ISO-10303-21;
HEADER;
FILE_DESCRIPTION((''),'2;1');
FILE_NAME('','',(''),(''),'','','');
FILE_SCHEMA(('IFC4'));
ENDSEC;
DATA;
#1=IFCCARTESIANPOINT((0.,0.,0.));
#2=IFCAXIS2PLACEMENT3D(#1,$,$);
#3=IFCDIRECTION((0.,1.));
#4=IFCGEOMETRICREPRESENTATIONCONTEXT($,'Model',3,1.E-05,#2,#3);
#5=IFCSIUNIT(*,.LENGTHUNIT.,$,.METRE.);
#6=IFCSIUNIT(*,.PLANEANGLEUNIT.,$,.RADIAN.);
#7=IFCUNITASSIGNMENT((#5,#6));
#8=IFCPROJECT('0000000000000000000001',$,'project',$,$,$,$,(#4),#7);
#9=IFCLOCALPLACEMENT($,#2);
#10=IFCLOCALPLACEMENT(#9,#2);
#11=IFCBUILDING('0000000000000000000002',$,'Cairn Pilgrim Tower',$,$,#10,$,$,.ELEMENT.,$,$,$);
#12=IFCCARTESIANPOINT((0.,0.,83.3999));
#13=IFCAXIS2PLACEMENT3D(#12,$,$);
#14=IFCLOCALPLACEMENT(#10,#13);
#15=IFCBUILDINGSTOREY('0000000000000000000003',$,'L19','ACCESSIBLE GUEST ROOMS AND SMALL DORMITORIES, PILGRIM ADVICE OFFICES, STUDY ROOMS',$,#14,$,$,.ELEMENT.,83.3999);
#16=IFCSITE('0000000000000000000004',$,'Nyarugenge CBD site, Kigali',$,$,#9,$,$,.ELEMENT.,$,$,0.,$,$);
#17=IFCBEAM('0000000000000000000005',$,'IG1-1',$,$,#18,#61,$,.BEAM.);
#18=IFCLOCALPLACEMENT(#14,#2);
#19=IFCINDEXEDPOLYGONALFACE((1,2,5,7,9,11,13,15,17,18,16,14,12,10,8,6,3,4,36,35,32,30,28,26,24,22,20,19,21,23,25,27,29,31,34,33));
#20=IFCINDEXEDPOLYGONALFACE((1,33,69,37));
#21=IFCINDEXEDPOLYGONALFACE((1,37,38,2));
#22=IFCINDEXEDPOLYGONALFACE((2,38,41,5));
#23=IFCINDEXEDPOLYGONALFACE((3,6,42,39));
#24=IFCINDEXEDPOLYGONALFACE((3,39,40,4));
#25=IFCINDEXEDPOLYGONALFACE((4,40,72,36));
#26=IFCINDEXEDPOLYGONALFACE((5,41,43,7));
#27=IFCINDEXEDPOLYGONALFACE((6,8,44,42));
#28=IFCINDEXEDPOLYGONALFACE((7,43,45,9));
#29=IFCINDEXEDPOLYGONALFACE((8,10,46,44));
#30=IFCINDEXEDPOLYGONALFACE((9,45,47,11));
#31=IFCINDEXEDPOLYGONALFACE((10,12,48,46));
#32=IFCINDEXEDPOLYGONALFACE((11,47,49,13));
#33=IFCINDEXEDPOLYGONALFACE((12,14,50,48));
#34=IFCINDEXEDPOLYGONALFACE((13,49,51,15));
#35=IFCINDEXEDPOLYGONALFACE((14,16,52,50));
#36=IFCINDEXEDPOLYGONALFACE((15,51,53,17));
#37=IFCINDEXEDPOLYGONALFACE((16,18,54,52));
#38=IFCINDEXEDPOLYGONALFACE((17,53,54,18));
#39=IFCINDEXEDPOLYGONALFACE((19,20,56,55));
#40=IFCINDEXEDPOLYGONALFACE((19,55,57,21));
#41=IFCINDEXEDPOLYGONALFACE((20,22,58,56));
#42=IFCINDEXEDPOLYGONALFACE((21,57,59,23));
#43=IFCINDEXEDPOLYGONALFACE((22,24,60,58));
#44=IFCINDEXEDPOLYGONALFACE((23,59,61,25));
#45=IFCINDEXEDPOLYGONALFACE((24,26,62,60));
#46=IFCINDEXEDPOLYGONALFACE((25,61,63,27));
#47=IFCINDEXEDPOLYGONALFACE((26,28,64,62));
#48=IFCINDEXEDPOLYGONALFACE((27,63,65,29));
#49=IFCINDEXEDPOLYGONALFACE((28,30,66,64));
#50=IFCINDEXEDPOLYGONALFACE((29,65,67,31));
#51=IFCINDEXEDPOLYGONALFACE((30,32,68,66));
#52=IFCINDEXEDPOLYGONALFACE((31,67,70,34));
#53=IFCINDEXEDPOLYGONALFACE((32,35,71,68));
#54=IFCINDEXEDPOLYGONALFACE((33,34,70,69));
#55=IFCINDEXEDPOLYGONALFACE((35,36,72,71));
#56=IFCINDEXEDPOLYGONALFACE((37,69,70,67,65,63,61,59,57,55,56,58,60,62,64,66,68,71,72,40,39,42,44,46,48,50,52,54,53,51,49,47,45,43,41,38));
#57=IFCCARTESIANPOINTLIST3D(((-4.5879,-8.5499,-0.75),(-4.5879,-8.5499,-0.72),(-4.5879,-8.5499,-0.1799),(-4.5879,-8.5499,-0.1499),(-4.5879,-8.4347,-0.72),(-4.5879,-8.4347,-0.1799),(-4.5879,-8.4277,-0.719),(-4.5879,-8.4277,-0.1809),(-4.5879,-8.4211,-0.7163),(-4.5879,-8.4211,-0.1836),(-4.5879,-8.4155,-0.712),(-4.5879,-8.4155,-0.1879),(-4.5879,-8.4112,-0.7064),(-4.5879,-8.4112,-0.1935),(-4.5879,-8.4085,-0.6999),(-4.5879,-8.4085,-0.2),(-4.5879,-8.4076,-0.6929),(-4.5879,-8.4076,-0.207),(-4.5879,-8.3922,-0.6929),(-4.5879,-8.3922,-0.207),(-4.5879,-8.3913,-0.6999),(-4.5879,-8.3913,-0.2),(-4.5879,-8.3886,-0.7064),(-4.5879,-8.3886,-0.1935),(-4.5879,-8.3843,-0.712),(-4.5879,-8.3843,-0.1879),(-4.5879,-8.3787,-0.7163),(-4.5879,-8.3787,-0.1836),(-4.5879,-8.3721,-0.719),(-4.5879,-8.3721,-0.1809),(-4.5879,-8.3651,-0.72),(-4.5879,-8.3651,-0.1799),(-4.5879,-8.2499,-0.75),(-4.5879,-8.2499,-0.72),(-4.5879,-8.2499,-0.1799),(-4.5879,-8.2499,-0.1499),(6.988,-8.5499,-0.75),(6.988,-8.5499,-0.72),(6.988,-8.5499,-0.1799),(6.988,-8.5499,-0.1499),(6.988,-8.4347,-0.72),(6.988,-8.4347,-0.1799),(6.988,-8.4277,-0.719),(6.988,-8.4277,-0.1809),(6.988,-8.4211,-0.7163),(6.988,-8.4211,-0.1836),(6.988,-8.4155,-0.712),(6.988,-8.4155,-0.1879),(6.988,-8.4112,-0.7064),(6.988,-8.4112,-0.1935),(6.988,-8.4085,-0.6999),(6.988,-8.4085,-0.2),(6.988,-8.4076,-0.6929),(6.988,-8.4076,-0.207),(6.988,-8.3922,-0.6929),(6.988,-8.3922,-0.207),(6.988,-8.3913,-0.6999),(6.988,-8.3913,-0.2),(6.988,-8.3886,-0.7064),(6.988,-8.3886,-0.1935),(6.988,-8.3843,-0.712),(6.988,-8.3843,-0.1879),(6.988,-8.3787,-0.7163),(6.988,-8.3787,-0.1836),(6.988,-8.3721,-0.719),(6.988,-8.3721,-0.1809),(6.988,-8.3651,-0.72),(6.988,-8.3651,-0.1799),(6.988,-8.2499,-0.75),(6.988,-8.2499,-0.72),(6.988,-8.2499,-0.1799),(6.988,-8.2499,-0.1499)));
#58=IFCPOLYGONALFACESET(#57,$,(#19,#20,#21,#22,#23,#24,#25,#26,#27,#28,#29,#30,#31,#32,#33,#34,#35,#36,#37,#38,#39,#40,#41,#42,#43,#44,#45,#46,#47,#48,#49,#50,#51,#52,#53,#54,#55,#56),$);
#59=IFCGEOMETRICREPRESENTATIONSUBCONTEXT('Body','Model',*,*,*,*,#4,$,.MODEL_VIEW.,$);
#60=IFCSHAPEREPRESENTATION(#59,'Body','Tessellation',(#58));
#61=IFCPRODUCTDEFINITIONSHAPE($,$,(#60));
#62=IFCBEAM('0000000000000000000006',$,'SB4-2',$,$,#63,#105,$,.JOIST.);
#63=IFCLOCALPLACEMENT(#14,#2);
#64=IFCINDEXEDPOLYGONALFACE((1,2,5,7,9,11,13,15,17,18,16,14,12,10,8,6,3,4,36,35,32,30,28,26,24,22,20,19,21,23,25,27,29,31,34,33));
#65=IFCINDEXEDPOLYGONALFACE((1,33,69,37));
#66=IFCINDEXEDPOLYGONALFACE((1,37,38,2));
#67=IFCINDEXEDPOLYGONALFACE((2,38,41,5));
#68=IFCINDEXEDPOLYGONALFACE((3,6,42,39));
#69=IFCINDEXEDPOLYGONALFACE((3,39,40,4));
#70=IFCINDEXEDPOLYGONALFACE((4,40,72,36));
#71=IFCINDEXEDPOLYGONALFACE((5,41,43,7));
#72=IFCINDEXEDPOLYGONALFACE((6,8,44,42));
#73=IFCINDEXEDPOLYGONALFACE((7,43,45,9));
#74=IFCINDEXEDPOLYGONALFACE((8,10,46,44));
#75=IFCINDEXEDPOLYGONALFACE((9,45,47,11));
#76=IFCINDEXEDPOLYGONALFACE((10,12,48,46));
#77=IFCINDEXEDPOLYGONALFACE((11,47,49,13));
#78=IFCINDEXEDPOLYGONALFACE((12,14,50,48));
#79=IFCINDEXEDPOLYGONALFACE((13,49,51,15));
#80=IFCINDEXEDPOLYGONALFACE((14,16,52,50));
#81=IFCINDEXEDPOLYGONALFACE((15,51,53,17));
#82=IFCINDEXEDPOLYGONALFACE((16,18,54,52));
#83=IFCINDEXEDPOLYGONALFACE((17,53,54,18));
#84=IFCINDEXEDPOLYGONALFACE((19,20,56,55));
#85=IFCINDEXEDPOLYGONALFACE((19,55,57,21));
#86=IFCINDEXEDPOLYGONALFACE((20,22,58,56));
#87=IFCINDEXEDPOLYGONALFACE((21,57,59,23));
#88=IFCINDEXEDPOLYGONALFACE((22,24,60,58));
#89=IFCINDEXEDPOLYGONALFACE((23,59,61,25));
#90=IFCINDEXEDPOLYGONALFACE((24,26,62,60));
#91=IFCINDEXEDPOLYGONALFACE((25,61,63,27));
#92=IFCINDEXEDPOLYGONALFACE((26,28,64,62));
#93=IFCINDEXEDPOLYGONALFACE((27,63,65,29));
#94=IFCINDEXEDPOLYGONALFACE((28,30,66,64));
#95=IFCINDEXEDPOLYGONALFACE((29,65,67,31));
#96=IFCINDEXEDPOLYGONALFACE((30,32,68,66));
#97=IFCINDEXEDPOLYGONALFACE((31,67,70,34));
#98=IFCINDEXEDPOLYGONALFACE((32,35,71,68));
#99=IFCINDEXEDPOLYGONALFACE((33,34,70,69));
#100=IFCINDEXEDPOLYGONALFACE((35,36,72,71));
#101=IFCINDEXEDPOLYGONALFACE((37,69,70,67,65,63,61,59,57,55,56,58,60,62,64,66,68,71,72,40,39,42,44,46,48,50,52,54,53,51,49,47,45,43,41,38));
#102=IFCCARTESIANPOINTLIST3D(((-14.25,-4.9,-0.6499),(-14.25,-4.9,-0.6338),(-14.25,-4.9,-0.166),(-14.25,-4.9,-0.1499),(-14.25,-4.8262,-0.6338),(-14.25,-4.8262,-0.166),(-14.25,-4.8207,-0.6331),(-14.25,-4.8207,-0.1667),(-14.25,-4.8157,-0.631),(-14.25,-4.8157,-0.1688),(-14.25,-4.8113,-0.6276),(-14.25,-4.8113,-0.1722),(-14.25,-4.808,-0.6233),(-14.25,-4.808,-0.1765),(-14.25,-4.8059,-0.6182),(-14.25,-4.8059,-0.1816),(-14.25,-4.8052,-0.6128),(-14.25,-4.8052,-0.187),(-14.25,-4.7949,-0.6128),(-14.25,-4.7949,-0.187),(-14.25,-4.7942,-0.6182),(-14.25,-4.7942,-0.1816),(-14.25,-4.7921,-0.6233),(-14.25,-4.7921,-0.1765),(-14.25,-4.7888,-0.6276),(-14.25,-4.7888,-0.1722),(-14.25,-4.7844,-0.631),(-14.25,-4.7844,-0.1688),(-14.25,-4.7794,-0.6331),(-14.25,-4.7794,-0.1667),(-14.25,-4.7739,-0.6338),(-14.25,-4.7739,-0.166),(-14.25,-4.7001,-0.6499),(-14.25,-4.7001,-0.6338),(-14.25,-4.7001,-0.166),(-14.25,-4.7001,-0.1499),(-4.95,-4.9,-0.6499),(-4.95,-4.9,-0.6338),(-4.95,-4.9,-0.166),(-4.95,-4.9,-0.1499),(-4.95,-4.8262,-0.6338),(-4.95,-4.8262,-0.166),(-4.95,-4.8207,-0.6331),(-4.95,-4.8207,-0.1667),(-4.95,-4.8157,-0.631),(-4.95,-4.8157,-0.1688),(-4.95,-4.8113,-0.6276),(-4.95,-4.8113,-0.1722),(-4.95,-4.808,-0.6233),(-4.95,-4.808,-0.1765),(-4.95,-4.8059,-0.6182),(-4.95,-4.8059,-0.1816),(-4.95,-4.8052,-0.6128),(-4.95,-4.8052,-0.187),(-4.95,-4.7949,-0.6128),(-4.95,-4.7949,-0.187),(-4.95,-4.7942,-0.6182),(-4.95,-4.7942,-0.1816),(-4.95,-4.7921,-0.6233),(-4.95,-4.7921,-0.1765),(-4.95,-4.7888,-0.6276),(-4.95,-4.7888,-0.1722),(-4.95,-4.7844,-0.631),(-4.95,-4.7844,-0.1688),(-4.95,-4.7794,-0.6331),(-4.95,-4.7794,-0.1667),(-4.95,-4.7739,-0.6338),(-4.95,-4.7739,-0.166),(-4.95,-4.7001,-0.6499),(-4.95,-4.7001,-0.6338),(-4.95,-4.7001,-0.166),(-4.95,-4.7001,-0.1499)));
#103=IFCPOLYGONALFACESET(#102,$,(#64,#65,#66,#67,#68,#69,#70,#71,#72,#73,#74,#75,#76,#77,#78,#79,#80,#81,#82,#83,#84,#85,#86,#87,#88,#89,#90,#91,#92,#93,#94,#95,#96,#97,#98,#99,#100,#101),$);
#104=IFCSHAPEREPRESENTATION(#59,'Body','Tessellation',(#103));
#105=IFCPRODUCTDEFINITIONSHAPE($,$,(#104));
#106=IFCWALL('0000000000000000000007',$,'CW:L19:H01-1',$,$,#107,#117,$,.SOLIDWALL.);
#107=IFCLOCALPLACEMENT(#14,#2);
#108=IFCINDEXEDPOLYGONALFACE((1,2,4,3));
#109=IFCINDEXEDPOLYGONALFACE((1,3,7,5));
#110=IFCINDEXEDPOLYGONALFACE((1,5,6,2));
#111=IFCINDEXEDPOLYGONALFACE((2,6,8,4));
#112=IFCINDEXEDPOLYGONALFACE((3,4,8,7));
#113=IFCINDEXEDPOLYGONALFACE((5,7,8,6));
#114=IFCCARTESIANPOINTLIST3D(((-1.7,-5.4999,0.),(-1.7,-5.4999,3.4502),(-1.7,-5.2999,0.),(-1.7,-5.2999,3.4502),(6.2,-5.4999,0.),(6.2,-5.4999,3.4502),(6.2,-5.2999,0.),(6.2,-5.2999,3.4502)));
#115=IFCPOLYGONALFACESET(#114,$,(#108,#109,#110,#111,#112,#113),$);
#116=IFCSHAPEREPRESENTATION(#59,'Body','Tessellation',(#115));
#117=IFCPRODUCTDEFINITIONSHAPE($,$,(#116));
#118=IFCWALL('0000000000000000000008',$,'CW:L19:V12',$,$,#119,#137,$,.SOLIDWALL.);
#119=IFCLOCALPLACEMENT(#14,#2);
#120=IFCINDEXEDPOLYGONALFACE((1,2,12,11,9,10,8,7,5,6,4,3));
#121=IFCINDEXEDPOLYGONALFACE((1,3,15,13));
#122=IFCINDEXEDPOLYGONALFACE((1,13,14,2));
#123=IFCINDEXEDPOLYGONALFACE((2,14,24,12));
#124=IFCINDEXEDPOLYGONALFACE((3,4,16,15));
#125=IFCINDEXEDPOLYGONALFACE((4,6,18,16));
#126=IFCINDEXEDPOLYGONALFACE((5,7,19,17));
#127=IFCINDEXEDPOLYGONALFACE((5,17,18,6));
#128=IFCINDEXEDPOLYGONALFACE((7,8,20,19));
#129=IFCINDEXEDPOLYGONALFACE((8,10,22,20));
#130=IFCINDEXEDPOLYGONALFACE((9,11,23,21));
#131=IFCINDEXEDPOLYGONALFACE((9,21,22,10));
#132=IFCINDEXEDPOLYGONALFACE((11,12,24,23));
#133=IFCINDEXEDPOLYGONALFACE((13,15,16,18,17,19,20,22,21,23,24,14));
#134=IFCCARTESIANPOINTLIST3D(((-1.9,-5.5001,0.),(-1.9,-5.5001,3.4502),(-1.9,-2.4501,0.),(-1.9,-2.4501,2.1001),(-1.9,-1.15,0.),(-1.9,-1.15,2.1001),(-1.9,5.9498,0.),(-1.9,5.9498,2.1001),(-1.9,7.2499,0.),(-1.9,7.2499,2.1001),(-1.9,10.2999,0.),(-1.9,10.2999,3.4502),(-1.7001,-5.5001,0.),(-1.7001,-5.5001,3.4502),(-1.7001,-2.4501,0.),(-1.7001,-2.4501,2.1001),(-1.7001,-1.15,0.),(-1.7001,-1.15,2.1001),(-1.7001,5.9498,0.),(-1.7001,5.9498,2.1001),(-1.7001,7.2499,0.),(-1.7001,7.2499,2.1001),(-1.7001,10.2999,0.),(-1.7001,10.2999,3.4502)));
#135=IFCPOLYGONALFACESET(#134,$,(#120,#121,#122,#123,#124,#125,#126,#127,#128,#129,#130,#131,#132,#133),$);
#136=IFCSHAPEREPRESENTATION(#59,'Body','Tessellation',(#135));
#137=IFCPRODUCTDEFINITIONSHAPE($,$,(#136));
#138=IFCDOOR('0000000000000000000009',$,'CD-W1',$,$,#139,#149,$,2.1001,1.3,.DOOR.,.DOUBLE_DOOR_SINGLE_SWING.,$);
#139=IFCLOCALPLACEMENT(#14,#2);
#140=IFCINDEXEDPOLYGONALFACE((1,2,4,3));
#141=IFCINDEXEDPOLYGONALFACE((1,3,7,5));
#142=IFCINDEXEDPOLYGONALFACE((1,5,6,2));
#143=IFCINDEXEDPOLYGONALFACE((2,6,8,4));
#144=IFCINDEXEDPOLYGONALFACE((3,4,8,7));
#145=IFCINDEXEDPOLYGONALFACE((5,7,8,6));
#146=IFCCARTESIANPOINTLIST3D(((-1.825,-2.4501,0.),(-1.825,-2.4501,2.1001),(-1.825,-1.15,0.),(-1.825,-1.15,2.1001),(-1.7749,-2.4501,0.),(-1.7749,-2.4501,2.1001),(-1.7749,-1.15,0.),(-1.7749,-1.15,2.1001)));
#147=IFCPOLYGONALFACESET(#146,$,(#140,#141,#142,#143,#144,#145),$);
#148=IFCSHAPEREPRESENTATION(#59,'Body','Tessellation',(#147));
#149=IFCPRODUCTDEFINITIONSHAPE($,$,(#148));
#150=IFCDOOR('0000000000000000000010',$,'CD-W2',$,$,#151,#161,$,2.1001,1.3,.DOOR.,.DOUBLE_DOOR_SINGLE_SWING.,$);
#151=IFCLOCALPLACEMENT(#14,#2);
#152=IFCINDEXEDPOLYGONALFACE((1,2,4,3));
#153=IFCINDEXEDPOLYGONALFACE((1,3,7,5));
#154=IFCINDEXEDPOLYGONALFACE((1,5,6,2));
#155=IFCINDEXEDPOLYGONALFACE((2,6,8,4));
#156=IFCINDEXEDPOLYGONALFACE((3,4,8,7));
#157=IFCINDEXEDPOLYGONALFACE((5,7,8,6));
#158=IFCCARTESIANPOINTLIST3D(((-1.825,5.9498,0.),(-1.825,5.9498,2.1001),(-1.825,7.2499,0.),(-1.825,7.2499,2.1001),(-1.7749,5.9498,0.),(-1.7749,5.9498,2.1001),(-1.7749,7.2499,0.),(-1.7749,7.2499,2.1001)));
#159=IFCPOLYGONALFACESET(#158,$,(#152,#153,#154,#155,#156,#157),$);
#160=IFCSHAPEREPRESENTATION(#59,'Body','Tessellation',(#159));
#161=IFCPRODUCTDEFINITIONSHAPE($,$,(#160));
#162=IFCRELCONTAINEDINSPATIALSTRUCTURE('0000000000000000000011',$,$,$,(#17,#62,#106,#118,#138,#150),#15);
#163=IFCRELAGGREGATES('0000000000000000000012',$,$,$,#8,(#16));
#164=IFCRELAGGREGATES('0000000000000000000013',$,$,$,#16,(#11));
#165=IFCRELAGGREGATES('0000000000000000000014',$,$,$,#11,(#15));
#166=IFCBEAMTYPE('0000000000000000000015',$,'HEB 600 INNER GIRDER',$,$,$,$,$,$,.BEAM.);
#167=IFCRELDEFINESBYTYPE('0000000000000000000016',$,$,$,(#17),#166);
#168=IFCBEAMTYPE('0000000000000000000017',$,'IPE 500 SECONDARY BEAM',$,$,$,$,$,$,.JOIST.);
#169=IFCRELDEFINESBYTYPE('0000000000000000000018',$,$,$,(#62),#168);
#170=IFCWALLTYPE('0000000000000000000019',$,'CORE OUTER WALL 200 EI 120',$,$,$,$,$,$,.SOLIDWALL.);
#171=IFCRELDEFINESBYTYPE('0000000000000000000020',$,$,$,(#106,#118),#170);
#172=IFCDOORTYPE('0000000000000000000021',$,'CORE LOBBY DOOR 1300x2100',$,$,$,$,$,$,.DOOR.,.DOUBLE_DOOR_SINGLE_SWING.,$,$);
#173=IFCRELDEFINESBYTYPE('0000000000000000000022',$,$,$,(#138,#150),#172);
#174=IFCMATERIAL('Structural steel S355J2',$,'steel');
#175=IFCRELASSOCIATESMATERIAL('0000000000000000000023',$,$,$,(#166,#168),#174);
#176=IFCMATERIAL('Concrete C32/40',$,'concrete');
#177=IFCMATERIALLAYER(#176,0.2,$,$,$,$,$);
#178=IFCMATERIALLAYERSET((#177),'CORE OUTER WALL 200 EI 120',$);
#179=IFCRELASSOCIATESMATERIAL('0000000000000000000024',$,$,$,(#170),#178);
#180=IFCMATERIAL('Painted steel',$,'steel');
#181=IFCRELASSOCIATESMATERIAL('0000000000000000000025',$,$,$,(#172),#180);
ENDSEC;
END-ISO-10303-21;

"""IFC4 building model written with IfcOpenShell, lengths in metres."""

from ifc_helpers import new_model, si_unit, direction, frame, frame_2d, origin, origin_2d, place, context, subcontext, project, spatial, rectangle, i_section, extrude, material, layer, layer_set, material_profile, profile_set, type_object, element, fill, save


model = new_model("IFC4")

# Units and contexts
model_context = context("Model", 3, precision=1e-05, world=origin(), true_north=direction((0.0, 1.0)))
body_context = subcontext(model_context, "Body", "Model", "MODEL_VIEW")
ifc_project = project(units=[si_unit("LENGTHUNIT", "METRE"), si_unit("PLANEANGLEUNIT", "RADIAN")], contexts=[model_context])

# Site, building, storey
site_placement = place(None, origin())
site = spatial("IfcSite", under=ifc_project, at=site_placement, Name="Nyarugenge CBD site, Kigali", CompositionType="ELEMENT", RefElevation=0.0)
building_placement = place(site_placement, origin())
building = spatial("IfcBuilding", under=site, at=building_placement, Name="Cairn Pilgrim Tower", CompositionType="ELEMENT")
storey_placement = place(building_placement, frame((0.0, 0.0, 83.3999)))
storey = spatial("IfcBuildingStorey", under=building, at=storey_placement, Name="L19", Description="ACCESSIBLE GUEST ROOMS AND SMALL DORMITORIES, PILGRIM ADVICE OFFICES, STUDY ROOMS", CompositionType="ELEMENT", Elevation=83.3999)

# Beams
ifc_material_1 = material(Name="Structural steel S355J2", Category="steel")
ifc_material_profile_1 = material_profile(ifc_material_1, i_section(OverallWidth=0.3, OverallDepth=0.6001, WebThickness=0.0154, FlangeThickness=0.03, FilletRadius=0.0271, at=origin_2d()), Name="HEB 600")
ifc_profile_set_1 = profile_set([ifc_material_profile_1], Name="Structural steel S355J2")
beam_type_1 = type_object("IfcBeamType", Name="HEB 600 INNER GIRDER", PredefinedType="BEAM", material=ifc_profile_set_1)
beam_1_placement = place(storey_placement, frame((-4.5879, -8.3999, -0.45), z_axis=(1.0, 0.0, 0.0), x_axis=(0.0, 1.0, 0.0)))
element("IfcBeam", 1, at=beam_1_placement, inside=storey, type_object=beam_type_1, Name="IG1-1", PredefinedType="BEAM", context=body_context, shape_type="SweptSolid", body=[
    extrude(i_section(OverallWidth=0.3, OverallDepth=0.6001, WebThickness=0.0154, FlangeThickness=0.03, FilletRadius=0.0271, at=origin_2d()), origin(), (0.0, 0.0, 1.0), 11.5759),
])
ifc_material_profile_2 = material_profile(ifc_material_1, i_section(OverallWidth=0.2, OverallDepth=0.5, WebThickness=0.0103, FlangeThickness=0.0161, FilletRadius=0.021, at=origin_2d()), Name="IPE 500")
ifc_profile_set_2 = profile_set([ifc_material_profile_2], Name="Structural steel S355J2")
beam_type_2 = type_object("IfcBeamType", Name="IPE 500 SECONDARY BEAM", PredefinedType="JOIST", material=ifc_profile_set_2)
beam_2_placement = place(storey_placement, frame((-14.25, -4.8, -0.3999), z_axis=(1.0, 0.0, 0.0), x_axis=(0.0, 1.0, 0.0)))
element("IfcBeam", 2, at=beam_2_placement, inside=storey, type_object=beam_type_2, Name="SB4-2", PredefinedType="JOIST", context=body_context, shape_type="SweptSolid", body=[
    extrude(i_section(OverallWidth=0.2, OverallDepth=0.5, WebThickness=0.0103, FlangeThickness=0.0161, FilletRadius=0.021, at=origin_2d()), origin(), (0.0, 0.0, 1.0), 9.3),
])

# Wall
ifc_material_2 = material(Name="Concrete C32/40", Category="concrete")
ifc_layer_1 = layer(ifc_material_2, 0.2)
ifc_layer_set_1 = layer_set([ifc_layer_1], Name="CORE OUTER WALL 200 EI 120")
wall_type_1 = type_object("IfcWallType", Name="CORE OUTER WALL 200 EI 120", PredefinedType="SOLIDWALL", material=ifc_layer_set_1)
wall_1_placement = place(storey_placement, frame((-1.7, -5.3999, 0.0), z_axis=(0.0, 0.0, 1.0), x_axis=(1.0, 0.0, 0.0)))
element("IfcWall", 3, at=wall_1_placement, inside=storey, type_object=wall_type_1, Name="CW:L19:H01-1", PredefinedType="SOLIDWALL", context=body_context, shape_type="SweptSolid", body=[
    extrude(rectangle(XDim=7.8999, YDim=0.2, at=frame_2d((3.95, 0.0))), origin(), (0.0, 0.0, 1.0), 3.4502),
])

# Wall, openings, doors
wall_2_placement = place(storey_placement, frame((-1.8, -5.5, 0.0), z_axis=(0.0, 0.0, 1.0), x_axis=(0.0, 1.0, 0.0)))
wall_2 = element("IfcWall", 4, at=wall_2_placement, inside=storey, type_object=wall_type_1, Name="CW:L19:V12", PredefinedType="SOLIDWALL", context=body_context, shape_type="SweptSolid", body=[
    extrude(rectangle(XDim=15.8, YDim=0.2, at=frame_2d((7.8999, 0.0))), origin(), (0.0, 0.0, 1.0), 3.4502),
])
opening_1_placement = place(wall_2_placement, frame((3.05, 0.0, 0.0)))
opening_1 = element("IfcOpeningElement", 5, at=opening_1_placement, cuts=wall_2, PredefinedType="OPENING", context=body_context, shape_type="SweptSolid", body=[
    extrude(rectangle(XDim=1.3, YDim=2.1001, at=frame_2d((0.6499, 1.05))), frame((0.0, 0.1099, 0.0), z_axis=(0.0, -1.0, 0.0), x_axis=(1.0, 0.0, 0.0)), (0.0, 0.0, 1.0), 0.22),
])
opening_2_placement = place(wall_2_placement, frame((11.45, 0.0, 0.0)))
opening_2 = element("IfcOpeningElement", 6, at=opening_2_placement, cuts=wall_2, PredefinedType="OPENING", context=body_context, shape_type="SweptSolid", body=[
    extrude(rectangle(XDim=1.3, YDim=2.1001, at=frame_2d((0.6499, 1.05))), frame((0.0, 0.1099, 0.0), z_axis=(0.0, -1.0, 0.0), x_axis=(1.0, 0.0, 0.0)), (0.0, 0.0, 1.0), 0.22),
])
ifc_material_3 = material(Name="Painted steel", Category="steel")
door_type_1 = type_object("IfcDoorType", Name="CORE LOBBY DOOR 1300x2100", OperationType="DOUBLE_DOOR_SINGLE_SWING", PredefinedType="DOOR", material=ifc_material_3)
door_1_placement = place(opening_1_placement, origin())
door_1 = element("IfcDoor", 7, at=door_1_placement, inside=storey, type_object=door_type_1, Name="CD-W1", OperationType="DOUBLE_DOOR_SINGLE_SWING", OverallHeight=2.1001, OverallWidth=1.3, PredefinedType="DOOR", context=body_context, shape_type="SweptSolid", body=[
    extrude(rectangle(XDim=1.3, YDim=2.1001, at=frame_2d((0.6499, 1.05))), frame((0.0, 0.0249, 0.0), z_axis=(0.0, -1.0, 0.0), x_axis=(1.0, 0.0, 0.0)), (0.0, 0.0, 1.0), 0.05),
])
fill(opening_1, door_1)
door_2_placement = place(opening_2_placement, origin())
door_2 = element("IfcDoor", 8, at=door_2_placement, inside=storey, type_object=door_type_1, Name="CD-W2", OperationType="DOUBLE_DOOR_SINGLE_SWING", OverallHeight=2.1001, OverallWidth=1.3, PredefinedType="DOOR", context=body_context, shape_type="SweptSolid", body=[
    extrude(rectangle(XDim=1.3, YDim=2.1001, at=frame_2d((0.6499, 1.05))), frame((0.0, 0.0249, 0.0), z_axis=(0.0, -1.0, 0.0), x_axis=(1.0, 0.0, 0.0)), (0.0, 0.0, 1.0), 0.05),
])
fill(opening_2, door_2)

save(model, "model.ifc")
